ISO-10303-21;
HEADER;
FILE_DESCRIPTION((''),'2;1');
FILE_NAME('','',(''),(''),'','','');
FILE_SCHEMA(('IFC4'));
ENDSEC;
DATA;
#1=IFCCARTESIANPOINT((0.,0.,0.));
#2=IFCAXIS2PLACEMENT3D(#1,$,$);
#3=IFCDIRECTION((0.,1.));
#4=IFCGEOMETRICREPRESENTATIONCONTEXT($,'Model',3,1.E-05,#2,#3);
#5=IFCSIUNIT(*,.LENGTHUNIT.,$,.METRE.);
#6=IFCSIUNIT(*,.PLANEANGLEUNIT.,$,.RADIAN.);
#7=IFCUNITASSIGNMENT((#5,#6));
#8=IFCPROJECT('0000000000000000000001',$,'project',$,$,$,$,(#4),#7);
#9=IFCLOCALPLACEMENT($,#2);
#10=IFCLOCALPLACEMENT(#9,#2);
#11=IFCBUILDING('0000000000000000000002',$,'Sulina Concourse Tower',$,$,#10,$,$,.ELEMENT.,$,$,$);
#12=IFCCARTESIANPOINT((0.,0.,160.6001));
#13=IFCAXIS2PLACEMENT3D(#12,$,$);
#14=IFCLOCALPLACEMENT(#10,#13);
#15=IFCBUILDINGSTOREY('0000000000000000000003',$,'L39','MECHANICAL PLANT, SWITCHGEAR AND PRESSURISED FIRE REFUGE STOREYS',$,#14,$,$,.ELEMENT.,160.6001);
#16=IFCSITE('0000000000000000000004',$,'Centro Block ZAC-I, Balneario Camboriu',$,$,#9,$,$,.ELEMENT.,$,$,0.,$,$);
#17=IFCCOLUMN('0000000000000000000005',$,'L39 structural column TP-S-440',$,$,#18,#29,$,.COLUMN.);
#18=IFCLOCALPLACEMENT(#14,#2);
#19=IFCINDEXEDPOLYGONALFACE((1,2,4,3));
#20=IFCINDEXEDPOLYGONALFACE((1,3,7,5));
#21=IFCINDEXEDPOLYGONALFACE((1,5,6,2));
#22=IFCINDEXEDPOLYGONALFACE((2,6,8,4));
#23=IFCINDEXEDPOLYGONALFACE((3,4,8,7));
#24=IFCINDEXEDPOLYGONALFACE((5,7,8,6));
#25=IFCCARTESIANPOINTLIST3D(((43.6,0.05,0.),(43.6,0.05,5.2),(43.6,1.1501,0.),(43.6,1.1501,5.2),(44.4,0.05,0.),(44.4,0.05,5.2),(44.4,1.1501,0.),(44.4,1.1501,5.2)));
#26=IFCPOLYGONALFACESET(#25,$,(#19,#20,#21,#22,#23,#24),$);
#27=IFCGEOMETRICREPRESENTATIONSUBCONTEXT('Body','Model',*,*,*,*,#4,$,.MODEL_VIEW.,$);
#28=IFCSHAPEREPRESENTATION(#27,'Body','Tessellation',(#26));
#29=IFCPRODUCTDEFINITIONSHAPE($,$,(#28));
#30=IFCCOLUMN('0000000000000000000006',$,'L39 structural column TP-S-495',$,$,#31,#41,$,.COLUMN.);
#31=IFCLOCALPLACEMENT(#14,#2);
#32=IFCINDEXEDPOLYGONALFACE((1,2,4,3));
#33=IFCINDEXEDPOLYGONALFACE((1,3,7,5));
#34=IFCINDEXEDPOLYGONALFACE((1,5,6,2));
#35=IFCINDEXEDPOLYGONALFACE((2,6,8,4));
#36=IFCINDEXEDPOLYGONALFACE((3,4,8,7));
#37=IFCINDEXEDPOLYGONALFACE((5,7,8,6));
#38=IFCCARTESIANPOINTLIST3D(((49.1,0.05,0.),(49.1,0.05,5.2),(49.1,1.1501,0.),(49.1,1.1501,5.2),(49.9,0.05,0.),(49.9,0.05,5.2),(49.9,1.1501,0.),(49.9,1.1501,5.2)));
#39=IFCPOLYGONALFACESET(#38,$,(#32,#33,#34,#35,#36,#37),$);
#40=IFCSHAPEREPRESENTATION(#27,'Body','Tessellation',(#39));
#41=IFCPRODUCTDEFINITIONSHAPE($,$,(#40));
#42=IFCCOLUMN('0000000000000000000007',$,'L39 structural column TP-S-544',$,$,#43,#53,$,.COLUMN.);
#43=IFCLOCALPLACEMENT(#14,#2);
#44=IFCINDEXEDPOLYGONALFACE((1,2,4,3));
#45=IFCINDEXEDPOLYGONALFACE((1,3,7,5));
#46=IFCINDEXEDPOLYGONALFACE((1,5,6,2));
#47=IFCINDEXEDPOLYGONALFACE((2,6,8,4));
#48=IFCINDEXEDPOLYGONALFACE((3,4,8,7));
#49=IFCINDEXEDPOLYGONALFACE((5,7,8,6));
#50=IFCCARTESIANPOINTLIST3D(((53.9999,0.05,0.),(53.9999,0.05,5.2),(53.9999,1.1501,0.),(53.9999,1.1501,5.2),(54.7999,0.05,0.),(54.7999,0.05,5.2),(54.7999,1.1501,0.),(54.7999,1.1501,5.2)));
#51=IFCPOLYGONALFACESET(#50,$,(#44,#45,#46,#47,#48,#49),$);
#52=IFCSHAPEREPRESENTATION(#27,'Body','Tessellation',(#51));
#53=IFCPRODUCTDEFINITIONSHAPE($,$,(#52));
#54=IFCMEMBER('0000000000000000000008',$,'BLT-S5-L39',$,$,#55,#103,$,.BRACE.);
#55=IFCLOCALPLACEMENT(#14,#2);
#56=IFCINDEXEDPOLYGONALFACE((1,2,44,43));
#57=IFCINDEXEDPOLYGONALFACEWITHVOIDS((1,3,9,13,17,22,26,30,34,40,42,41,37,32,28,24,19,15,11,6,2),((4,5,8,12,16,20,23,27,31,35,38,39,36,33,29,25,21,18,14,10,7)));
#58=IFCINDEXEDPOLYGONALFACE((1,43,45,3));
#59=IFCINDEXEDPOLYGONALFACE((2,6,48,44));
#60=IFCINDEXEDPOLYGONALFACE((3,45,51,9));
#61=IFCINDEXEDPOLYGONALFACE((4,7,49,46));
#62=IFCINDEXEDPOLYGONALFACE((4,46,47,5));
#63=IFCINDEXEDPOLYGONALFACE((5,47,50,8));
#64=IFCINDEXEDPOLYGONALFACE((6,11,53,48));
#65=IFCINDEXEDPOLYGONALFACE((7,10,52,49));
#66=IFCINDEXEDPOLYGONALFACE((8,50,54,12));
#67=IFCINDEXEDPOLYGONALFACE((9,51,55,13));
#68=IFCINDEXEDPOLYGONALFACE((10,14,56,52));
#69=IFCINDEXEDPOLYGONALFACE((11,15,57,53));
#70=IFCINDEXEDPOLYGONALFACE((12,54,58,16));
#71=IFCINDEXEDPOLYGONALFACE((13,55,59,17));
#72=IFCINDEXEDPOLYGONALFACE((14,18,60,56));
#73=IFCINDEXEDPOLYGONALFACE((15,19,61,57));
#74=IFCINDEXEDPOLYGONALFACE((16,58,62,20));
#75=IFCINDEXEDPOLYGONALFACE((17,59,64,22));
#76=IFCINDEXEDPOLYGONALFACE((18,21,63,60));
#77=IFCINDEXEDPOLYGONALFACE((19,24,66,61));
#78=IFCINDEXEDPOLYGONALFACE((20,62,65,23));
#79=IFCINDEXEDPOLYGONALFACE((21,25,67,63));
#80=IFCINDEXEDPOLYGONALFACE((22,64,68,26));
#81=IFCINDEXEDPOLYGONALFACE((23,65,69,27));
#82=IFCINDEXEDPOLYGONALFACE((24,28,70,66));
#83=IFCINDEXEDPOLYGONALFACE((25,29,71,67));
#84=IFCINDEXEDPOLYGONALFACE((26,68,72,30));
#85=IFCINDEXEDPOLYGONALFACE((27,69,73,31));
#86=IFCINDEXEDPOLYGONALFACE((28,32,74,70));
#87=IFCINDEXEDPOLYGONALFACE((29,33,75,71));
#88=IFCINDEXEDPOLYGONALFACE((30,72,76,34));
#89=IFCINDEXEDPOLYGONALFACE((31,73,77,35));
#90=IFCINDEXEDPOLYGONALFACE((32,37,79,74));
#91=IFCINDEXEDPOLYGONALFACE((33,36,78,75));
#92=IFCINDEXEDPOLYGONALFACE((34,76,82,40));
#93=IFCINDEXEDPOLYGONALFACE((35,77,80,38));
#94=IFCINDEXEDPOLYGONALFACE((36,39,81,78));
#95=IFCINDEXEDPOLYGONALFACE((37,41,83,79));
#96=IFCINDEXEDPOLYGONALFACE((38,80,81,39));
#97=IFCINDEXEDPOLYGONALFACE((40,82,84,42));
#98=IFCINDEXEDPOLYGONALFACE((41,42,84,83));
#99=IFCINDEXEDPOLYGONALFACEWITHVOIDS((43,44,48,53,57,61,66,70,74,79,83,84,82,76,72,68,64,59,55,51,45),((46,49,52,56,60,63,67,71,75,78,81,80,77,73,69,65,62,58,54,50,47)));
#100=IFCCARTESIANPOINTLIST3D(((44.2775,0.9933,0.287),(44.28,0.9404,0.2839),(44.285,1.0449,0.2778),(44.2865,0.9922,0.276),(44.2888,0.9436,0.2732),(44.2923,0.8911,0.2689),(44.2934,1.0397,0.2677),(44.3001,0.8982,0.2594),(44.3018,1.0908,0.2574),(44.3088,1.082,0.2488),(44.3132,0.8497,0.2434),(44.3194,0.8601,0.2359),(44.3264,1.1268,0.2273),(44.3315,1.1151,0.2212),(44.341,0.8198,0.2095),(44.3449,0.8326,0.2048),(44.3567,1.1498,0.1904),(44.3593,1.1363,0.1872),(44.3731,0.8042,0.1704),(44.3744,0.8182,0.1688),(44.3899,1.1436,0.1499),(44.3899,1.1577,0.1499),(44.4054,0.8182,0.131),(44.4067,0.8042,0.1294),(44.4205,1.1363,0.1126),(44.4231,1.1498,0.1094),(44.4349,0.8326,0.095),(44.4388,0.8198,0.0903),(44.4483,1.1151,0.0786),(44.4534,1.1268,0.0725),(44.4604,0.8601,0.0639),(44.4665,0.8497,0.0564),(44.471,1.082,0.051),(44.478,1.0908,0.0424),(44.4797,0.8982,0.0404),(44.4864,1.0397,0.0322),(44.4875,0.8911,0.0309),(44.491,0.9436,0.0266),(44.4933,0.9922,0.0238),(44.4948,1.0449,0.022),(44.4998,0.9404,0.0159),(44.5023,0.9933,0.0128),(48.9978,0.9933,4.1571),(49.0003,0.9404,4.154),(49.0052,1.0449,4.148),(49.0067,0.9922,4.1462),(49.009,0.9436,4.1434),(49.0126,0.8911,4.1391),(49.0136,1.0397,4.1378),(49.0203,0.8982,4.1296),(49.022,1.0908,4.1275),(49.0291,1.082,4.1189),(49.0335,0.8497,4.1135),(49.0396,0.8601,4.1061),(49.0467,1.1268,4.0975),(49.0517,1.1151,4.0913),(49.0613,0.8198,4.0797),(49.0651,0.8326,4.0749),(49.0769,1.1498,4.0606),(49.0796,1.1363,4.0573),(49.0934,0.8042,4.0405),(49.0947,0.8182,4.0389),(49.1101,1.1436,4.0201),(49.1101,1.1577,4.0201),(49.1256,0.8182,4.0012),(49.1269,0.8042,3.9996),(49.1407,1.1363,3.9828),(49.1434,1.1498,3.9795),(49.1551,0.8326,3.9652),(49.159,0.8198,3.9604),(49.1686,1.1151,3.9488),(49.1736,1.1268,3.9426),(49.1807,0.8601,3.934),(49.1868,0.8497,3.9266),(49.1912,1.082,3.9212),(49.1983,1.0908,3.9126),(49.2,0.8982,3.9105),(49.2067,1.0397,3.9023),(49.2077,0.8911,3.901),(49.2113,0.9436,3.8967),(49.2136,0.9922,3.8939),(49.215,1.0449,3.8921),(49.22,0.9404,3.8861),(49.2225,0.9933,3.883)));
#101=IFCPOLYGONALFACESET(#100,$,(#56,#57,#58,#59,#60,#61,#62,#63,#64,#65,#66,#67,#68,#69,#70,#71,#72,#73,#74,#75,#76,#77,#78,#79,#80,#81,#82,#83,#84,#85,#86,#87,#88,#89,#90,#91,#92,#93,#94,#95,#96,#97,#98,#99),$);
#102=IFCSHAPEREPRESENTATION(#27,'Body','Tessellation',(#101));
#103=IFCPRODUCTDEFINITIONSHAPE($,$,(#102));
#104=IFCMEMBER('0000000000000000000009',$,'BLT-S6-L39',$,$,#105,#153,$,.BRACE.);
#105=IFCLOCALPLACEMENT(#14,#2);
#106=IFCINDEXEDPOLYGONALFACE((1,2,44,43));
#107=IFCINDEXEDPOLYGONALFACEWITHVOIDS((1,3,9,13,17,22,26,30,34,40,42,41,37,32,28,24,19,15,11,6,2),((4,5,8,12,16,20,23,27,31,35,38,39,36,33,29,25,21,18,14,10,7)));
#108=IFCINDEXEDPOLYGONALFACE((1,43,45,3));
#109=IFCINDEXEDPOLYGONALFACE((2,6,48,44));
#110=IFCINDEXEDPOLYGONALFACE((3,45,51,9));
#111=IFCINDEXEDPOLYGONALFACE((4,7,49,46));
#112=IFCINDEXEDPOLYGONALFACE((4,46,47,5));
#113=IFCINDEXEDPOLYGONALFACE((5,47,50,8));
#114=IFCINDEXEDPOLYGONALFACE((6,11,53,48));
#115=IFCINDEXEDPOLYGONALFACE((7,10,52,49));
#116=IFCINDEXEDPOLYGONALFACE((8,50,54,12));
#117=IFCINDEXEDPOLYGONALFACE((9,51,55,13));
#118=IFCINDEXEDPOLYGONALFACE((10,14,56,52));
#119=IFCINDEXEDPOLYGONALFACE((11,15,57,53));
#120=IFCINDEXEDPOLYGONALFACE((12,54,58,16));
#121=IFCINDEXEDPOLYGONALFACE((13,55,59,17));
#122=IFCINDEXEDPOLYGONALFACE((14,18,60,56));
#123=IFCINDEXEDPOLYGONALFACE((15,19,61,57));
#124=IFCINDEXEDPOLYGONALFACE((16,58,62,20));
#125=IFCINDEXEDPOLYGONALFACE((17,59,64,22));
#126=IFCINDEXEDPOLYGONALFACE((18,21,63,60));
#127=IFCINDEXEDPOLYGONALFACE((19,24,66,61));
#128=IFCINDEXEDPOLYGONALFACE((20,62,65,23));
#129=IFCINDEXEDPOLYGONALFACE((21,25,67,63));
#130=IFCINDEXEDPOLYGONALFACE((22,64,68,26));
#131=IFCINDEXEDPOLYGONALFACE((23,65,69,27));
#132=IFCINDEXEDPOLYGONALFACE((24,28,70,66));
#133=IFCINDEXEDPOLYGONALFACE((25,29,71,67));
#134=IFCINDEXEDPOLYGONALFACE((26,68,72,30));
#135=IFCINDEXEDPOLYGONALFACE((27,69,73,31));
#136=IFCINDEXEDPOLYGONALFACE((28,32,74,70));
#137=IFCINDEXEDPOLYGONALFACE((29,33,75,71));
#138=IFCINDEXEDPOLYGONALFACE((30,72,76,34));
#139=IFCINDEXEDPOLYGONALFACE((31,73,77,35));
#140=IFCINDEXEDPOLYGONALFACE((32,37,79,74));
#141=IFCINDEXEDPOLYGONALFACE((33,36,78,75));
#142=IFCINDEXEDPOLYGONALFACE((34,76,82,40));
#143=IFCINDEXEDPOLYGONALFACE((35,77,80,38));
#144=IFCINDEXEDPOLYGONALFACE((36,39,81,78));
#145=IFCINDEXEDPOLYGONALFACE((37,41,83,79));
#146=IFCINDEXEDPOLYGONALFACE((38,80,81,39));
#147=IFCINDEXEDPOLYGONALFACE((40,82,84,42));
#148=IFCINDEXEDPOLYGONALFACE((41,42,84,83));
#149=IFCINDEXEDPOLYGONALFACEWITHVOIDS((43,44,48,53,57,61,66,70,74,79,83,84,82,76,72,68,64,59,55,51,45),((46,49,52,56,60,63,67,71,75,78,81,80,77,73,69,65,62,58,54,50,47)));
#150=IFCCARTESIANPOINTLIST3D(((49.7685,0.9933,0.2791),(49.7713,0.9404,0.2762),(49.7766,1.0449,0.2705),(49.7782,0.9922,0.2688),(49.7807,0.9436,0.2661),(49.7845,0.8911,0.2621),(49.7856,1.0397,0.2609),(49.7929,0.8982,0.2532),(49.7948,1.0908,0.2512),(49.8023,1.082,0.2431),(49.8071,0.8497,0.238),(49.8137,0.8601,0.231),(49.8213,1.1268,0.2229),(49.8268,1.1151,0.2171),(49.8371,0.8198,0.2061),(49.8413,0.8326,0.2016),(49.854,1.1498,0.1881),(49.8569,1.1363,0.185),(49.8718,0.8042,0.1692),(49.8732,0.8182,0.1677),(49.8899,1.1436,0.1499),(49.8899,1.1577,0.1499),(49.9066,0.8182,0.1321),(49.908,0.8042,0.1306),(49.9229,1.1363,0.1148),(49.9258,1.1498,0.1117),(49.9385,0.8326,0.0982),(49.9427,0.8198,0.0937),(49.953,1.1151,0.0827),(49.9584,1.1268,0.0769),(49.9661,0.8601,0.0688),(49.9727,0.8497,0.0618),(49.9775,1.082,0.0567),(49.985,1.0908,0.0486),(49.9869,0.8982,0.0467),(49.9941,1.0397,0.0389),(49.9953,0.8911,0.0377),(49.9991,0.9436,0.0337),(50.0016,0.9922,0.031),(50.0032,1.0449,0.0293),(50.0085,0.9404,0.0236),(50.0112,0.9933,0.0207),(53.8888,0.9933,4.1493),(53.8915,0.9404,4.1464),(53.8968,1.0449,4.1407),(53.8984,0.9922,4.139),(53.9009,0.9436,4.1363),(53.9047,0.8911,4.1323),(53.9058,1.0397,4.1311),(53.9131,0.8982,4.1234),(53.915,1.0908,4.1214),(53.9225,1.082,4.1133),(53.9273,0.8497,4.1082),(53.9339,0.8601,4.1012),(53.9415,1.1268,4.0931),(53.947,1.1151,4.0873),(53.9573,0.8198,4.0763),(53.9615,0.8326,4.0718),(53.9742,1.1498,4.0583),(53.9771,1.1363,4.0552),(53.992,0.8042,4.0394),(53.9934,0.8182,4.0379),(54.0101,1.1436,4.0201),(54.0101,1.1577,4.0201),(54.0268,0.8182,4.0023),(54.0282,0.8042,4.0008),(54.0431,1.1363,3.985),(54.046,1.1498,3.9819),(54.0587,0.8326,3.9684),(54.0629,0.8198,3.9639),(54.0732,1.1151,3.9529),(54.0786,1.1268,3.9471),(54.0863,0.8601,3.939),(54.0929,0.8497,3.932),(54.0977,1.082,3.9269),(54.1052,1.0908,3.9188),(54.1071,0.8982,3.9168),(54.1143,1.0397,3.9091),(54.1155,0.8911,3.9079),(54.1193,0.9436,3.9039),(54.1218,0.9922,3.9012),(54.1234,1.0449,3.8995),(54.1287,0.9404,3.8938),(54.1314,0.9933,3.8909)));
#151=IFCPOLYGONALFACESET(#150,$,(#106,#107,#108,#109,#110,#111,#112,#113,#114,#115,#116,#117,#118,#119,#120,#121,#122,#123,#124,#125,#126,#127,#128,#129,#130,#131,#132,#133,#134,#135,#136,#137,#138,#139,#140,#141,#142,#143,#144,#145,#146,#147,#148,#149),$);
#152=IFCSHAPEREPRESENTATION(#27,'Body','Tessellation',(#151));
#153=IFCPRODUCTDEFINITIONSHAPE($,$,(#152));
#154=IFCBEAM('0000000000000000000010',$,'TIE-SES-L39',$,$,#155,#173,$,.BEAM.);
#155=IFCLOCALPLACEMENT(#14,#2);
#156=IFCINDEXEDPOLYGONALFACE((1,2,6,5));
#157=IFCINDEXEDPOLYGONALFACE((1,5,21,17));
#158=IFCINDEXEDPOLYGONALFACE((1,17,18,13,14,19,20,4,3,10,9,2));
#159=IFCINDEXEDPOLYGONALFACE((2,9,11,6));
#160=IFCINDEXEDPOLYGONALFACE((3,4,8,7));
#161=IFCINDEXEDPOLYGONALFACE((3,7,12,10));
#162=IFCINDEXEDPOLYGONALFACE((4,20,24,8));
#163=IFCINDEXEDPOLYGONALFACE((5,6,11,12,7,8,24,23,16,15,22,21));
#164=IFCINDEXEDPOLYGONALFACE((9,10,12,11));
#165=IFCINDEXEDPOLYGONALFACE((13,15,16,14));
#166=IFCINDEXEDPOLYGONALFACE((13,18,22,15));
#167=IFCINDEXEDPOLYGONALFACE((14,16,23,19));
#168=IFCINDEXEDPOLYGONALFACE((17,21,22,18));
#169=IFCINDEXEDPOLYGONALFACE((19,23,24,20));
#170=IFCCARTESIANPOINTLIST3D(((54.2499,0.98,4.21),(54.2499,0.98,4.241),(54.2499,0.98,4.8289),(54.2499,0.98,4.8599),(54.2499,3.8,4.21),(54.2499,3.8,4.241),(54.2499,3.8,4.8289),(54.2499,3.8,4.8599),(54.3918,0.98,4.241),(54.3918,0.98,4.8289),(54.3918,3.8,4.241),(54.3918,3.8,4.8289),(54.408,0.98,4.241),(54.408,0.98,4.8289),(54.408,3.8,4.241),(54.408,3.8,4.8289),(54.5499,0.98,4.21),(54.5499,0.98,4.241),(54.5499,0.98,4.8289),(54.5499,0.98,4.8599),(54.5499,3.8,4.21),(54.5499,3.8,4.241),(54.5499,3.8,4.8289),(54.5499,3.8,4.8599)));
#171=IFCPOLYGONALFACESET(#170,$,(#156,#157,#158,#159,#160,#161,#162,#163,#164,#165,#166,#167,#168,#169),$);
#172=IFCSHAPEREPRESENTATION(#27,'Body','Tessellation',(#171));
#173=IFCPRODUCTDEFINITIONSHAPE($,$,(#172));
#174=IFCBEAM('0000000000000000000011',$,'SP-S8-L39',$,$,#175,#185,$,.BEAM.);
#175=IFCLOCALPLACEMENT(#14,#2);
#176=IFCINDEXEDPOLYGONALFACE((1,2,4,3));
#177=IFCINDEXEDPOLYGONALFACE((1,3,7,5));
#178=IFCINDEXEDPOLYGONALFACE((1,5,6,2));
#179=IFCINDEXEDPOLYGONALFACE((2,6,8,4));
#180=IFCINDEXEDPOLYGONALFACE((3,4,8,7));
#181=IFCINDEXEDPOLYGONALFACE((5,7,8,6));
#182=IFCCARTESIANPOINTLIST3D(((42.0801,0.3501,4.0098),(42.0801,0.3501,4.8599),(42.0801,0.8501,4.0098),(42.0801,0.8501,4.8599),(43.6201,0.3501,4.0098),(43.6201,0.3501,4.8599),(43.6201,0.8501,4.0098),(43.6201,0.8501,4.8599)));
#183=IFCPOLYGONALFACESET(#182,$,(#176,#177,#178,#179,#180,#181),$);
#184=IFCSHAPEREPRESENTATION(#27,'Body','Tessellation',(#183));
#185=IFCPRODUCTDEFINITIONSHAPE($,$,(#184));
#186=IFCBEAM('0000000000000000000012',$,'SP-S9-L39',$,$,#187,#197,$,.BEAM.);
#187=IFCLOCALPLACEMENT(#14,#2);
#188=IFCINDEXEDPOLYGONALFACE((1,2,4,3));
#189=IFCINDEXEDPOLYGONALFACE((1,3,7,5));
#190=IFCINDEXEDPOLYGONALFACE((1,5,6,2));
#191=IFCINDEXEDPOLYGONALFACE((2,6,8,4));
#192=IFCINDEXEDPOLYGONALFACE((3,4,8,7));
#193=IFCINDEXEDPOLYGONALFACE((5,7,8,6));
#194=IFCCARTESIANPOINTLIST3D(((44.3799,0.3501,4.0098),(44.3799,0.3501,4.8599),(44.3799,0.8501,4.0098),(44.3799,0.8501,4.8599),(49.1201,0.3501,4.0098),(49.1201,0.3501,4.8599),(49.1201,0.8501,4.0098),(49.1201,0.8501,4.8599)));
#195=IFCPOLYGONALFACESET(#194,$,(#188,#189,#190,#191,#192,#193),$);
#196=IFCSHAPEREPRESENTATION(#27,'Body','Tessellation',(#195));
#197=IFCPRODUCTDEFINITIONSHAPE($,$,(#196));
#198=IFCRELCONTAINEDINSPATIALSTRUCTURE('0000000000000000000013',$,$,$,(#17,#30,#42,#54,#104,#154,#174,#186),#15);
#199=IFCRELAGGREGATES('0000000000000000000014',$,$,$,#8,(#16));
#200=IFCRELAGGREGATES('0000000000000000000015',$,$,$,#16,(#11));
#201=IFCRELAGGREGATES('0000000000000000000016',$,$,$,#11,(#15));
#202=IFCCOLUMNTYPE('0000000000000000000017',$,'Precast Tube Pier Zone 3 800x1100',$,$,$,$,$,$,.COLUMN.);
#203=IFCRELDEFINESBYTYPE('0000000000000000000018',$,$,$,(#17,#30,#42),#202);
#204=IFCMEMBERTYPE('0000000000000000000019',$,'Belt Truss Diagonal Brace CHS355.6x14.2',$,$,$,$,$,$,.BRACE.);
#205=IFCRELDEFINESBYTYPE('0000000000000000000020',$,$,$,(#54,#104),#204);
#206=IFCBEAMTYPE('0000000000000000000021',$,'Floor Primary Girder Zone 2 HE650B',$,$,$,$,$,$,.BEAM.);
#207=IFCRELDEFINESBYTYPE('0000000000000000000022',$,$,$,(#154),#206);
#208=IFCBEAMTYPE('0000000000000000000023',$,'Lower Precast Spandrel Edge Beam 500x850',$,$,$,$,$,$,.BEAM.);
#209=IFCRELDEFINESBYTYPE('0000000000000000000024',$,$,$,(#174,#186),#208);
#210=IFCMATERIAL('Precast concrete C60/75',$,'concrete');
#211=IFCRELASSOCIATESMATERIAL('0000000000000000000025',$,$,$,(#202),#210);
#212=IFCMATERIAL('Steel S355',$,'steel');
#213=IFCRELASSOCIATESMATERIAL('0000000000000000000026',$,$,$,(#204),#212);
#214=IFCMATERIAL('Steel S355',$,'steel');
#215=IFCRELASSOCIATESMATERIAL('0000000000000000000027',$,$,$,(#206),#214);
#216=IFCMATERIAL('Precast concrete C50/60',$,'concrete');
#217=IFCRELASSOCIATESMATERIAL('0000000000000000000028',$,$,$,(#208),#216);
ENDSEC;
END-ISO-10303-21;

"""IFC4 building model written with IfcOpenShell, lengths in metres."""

from ifc_helpers import new_model, si_unit, direction, frame, origin, origin_2d, place, context, subcontext, project, spatial, rectangle, hollow_circle, i_section, extrude, material, material_profile, profile_set, type_object, element, save


model = new_model("IFC4")

# Units and contexts
model_context = context("Model", 3, precision=1e-05, world=origin(), true_north=direction((0.0, 1.0)))
body_context = subcontext(model_context, "Body", "Model", "MODEL_VIEW")
ifc_project = project(units=[si_unit("LENGTHUNIT", "METRE"), si_unit("PLANEANGLEUNIT", "RADIAN")], contexts=[model_context])

# Site, building, storey
site_placement = place(None, origin())
site = spatial("IfcSite", under=ifc_project, at=site_placement, Name="Centro Block ZAC-I, Balneario Camboriu", CompositionType="ELEMENT", RefElevation=0.0)
building_placement = place(site_placement, origin())
building = spatial("IfcBuilding", under=site, at=building_placement, Name="Sulina Concourse Tower", CompositionType="ELEMENT")
storey_placement = place(building_placement, frame((0.0, 0.0, 160.6001)))
storey = spatial("IfcBuildingStorey", under=building, at=storey_placement, Name="L39", Description="MECHANICAL PLANT, SWITCHGEAR AND PRESSURISED FIRE REFUGE STOREYS", CompositionType="ELEMENT", Elevation=160.6001)

# Columns
ifc_material_1 = material(Name="Precast concrete C60/75", Category="concrete")
ifc_material_profile_1 = material_profile(ifc_material_1, rectangle(XDim=0.8, YDim=1.1001, at=origin_2d()), Name="PC 800x1100")
ifc_profile_set_1 = profile_set([ifc_material_profile_1], Name="Precast concrete C60/75")
column_type = type_object("IfcColumnType", Name="Precast Tube Pier Zone 3 800x1100", PredefinedType="COLUMN", material=ifc_profile_set_1)
for number, where, z_axis, x_axis, name in (
    (1, (44.0, 0.6001, 0.0), (0.0, 0.0, 1.0), (1.0, 0.0, 0.0), "L39 structural column TP-S-440"),
    (2, (49.5, 0.6001, 0.0), (0.0, 0.0, 1.0), (1.0, 0.0, 0.0), "L39 structural column TP-S-495"),
    (3, (54.3999, 0.6001, 0.0), (0.0, 0.0, 1.0), (1.0, 0.0, 0.0), "L39 structural column TP-S-544"),
):
    element("IfcColumn", number, at=place(storey_placement, frame(where, z_axis=z_axis, x_axis=x_axis)), inside=storey, type_object=column_type, Name=name, PredefinedType="COLUMN", context=body_context, shape_type="SweptSolid", body=[
        extrude(rectangle(XDim=0.8, YDim=1.1001, at=origin_2d()), origin(), (0.0, 0.0, 1.0), 5.2),
    ])

# Members
ifc_material_2 = material(Name="Steel S355", Category="steel")
ifc_material_profile_2 = material_profile(ifc_material_2, hollow_circle(Radius=0.1777, WallThickness=0.0142, at=origin_2d()), Name="CHS 355.6x14.2")
ifc_profile_set_2 = profile_set([ifc_material_profile_2], Name="Steel S355")
member_type = type_object("IfcMemberType", Name="Belt Truss Diagonal Brace CHS355.6x14.2", PredefinedType="BRACE", material=ifc_profile_set_2)
member_1_placement = place(storey_placement, frame((44.3899, 0.98, 0.1499), z_axis=(0.773305, 0.0, 0.634035), x_axis=(0.0, 1.0, 0.0)))
element("IfcMember", 4, at=member_1_placement, inside=storey, type_object=member_type, Name="BLT-S5-L39", PredefinedType="BRACE", context=body_context, shape_type="SweptSolid", body=[
    extrude(hollow_circle(Radius=0.1777, WallThickness=0.0142, at=origin_2d()), origin(), (0.0, 0.0, 1.0), 6.104),
])
member_2_placement = place(storey_placement, frame((49.8899, 0.98, 0.1499), z_axis=(0.728874, 0.0, 0.684648), x_axis=(0.0, 1.0, 0.0)))
element("IfcMember", 5, at=member_2_placement, inside=storey, type_object=member_type, Name="BLT-S6-L39", PredefinedType="BRACE", context=body_context, shape_type="SweptSolid", body=[
    extrude(hollow_circle(Radius=0.1777, WallThickness=0.0142, at=origin_2d()), origin(), (0.0, 0.0, 1.0), 5.6528),
])

# Beams
ifc_material_3 = material(Name="Steel S355", Category="steel")
ifc_material_profile_3 = material_profile(ifc_material_3, i_section(OverallWidth=0.3, OverallDepth=0.6499, WebThickness=0.0161, FlangeThickness=0.031, at=origin_2d()), Name="HE 650 B")
ifc_profile_set_3 = profile_set([ifc_material_profile_3], Name="Steel S355")
beam_type_1 = type_object("IfcBeamType", Name="Floor Primary Girder Zone 2 HE650B", PredefinedType="BEAM", material=ifc_profile_set_3)
beam_1_placement = place(storey_placement, frame((54.3999, 0.98, 4.5349), z_axis=(0.0, 1.0, 0.0), x_axis=(-1.0, 0.0, 0.0)))
element("IfcBeam", 6, at=beam_1_placement, inside=storey, type_object=beam_type_1, Name="TIE-SES-L39", PredefinedType="BEAM", context=body_context, shape_type="SweptSolid", body=[
    extrude(i_section(OverallWidth=0.3, OverallDepth=0.6499, WebThickness=0.0161, FlangeThickness=0.031, at=origin_2d()), origin(), (0.0, 0.0, 1.0), 2.8201),
])
ifc_material_4 = material(Name="Precast concrete C50/60", Category="concrete")
ifc_material_profile_4 = material_profile(ifc_material_4, rectangle(XDim=0.5, YDim=0.8501, at=origin_2d()), Name="RC 500x850")
ifc_profile_set_4 = profile_set([ifc_material_profile_4], Name="Precast concrete C50/60")
beam_type_2 = type_object("IfcBeamType", Name="Lower Precast Spandrel Edge Beam 500x850", PredefinedType="BEAM", material=ifc_profile_set_4)
beam_2_placement = place(storey_placement, frame((42.0801, 0.6001, 4.4348), z_axis=(1.0, 0.0, 0.0), x_axis=(0.0, 1.0, 0.0)))
element("IfcBeam", 7, at=beam_2_placement, inside=storey, type_object=beam_type_2, Name="SP-S8-L39", PredefinedType="BEAM", context=body_context, shape_type="SweptSolid", body=[
    extrude(rectangle(XDim=0.5, YDim=0.8501, at=origin_2d()), origin(), (0.0, 0.0, 1.0), 1.54),
])
beam_3_placement = place(storey_placement, frame((44.3799, 0.6001, 4.4348), z_axis=(1.0, 0.0, 0.0), x_axis=(0.0, 1.0, 0.0)))
element("IfcBeam", 8, at=beam_3_placement, inside=storey, type_object=beam_type_2, Name="SP-S9-L39", PredefinedType="BEAM", context=body_context, shape_type="SweptSolid", body=[
    extrude(rectangle(XDim=0.5, YDim=0.8501, at=origin_2d()), origin(), (0.0, 0.0, 1.0), 4.7402),
])

save(model, "model.ifc")
